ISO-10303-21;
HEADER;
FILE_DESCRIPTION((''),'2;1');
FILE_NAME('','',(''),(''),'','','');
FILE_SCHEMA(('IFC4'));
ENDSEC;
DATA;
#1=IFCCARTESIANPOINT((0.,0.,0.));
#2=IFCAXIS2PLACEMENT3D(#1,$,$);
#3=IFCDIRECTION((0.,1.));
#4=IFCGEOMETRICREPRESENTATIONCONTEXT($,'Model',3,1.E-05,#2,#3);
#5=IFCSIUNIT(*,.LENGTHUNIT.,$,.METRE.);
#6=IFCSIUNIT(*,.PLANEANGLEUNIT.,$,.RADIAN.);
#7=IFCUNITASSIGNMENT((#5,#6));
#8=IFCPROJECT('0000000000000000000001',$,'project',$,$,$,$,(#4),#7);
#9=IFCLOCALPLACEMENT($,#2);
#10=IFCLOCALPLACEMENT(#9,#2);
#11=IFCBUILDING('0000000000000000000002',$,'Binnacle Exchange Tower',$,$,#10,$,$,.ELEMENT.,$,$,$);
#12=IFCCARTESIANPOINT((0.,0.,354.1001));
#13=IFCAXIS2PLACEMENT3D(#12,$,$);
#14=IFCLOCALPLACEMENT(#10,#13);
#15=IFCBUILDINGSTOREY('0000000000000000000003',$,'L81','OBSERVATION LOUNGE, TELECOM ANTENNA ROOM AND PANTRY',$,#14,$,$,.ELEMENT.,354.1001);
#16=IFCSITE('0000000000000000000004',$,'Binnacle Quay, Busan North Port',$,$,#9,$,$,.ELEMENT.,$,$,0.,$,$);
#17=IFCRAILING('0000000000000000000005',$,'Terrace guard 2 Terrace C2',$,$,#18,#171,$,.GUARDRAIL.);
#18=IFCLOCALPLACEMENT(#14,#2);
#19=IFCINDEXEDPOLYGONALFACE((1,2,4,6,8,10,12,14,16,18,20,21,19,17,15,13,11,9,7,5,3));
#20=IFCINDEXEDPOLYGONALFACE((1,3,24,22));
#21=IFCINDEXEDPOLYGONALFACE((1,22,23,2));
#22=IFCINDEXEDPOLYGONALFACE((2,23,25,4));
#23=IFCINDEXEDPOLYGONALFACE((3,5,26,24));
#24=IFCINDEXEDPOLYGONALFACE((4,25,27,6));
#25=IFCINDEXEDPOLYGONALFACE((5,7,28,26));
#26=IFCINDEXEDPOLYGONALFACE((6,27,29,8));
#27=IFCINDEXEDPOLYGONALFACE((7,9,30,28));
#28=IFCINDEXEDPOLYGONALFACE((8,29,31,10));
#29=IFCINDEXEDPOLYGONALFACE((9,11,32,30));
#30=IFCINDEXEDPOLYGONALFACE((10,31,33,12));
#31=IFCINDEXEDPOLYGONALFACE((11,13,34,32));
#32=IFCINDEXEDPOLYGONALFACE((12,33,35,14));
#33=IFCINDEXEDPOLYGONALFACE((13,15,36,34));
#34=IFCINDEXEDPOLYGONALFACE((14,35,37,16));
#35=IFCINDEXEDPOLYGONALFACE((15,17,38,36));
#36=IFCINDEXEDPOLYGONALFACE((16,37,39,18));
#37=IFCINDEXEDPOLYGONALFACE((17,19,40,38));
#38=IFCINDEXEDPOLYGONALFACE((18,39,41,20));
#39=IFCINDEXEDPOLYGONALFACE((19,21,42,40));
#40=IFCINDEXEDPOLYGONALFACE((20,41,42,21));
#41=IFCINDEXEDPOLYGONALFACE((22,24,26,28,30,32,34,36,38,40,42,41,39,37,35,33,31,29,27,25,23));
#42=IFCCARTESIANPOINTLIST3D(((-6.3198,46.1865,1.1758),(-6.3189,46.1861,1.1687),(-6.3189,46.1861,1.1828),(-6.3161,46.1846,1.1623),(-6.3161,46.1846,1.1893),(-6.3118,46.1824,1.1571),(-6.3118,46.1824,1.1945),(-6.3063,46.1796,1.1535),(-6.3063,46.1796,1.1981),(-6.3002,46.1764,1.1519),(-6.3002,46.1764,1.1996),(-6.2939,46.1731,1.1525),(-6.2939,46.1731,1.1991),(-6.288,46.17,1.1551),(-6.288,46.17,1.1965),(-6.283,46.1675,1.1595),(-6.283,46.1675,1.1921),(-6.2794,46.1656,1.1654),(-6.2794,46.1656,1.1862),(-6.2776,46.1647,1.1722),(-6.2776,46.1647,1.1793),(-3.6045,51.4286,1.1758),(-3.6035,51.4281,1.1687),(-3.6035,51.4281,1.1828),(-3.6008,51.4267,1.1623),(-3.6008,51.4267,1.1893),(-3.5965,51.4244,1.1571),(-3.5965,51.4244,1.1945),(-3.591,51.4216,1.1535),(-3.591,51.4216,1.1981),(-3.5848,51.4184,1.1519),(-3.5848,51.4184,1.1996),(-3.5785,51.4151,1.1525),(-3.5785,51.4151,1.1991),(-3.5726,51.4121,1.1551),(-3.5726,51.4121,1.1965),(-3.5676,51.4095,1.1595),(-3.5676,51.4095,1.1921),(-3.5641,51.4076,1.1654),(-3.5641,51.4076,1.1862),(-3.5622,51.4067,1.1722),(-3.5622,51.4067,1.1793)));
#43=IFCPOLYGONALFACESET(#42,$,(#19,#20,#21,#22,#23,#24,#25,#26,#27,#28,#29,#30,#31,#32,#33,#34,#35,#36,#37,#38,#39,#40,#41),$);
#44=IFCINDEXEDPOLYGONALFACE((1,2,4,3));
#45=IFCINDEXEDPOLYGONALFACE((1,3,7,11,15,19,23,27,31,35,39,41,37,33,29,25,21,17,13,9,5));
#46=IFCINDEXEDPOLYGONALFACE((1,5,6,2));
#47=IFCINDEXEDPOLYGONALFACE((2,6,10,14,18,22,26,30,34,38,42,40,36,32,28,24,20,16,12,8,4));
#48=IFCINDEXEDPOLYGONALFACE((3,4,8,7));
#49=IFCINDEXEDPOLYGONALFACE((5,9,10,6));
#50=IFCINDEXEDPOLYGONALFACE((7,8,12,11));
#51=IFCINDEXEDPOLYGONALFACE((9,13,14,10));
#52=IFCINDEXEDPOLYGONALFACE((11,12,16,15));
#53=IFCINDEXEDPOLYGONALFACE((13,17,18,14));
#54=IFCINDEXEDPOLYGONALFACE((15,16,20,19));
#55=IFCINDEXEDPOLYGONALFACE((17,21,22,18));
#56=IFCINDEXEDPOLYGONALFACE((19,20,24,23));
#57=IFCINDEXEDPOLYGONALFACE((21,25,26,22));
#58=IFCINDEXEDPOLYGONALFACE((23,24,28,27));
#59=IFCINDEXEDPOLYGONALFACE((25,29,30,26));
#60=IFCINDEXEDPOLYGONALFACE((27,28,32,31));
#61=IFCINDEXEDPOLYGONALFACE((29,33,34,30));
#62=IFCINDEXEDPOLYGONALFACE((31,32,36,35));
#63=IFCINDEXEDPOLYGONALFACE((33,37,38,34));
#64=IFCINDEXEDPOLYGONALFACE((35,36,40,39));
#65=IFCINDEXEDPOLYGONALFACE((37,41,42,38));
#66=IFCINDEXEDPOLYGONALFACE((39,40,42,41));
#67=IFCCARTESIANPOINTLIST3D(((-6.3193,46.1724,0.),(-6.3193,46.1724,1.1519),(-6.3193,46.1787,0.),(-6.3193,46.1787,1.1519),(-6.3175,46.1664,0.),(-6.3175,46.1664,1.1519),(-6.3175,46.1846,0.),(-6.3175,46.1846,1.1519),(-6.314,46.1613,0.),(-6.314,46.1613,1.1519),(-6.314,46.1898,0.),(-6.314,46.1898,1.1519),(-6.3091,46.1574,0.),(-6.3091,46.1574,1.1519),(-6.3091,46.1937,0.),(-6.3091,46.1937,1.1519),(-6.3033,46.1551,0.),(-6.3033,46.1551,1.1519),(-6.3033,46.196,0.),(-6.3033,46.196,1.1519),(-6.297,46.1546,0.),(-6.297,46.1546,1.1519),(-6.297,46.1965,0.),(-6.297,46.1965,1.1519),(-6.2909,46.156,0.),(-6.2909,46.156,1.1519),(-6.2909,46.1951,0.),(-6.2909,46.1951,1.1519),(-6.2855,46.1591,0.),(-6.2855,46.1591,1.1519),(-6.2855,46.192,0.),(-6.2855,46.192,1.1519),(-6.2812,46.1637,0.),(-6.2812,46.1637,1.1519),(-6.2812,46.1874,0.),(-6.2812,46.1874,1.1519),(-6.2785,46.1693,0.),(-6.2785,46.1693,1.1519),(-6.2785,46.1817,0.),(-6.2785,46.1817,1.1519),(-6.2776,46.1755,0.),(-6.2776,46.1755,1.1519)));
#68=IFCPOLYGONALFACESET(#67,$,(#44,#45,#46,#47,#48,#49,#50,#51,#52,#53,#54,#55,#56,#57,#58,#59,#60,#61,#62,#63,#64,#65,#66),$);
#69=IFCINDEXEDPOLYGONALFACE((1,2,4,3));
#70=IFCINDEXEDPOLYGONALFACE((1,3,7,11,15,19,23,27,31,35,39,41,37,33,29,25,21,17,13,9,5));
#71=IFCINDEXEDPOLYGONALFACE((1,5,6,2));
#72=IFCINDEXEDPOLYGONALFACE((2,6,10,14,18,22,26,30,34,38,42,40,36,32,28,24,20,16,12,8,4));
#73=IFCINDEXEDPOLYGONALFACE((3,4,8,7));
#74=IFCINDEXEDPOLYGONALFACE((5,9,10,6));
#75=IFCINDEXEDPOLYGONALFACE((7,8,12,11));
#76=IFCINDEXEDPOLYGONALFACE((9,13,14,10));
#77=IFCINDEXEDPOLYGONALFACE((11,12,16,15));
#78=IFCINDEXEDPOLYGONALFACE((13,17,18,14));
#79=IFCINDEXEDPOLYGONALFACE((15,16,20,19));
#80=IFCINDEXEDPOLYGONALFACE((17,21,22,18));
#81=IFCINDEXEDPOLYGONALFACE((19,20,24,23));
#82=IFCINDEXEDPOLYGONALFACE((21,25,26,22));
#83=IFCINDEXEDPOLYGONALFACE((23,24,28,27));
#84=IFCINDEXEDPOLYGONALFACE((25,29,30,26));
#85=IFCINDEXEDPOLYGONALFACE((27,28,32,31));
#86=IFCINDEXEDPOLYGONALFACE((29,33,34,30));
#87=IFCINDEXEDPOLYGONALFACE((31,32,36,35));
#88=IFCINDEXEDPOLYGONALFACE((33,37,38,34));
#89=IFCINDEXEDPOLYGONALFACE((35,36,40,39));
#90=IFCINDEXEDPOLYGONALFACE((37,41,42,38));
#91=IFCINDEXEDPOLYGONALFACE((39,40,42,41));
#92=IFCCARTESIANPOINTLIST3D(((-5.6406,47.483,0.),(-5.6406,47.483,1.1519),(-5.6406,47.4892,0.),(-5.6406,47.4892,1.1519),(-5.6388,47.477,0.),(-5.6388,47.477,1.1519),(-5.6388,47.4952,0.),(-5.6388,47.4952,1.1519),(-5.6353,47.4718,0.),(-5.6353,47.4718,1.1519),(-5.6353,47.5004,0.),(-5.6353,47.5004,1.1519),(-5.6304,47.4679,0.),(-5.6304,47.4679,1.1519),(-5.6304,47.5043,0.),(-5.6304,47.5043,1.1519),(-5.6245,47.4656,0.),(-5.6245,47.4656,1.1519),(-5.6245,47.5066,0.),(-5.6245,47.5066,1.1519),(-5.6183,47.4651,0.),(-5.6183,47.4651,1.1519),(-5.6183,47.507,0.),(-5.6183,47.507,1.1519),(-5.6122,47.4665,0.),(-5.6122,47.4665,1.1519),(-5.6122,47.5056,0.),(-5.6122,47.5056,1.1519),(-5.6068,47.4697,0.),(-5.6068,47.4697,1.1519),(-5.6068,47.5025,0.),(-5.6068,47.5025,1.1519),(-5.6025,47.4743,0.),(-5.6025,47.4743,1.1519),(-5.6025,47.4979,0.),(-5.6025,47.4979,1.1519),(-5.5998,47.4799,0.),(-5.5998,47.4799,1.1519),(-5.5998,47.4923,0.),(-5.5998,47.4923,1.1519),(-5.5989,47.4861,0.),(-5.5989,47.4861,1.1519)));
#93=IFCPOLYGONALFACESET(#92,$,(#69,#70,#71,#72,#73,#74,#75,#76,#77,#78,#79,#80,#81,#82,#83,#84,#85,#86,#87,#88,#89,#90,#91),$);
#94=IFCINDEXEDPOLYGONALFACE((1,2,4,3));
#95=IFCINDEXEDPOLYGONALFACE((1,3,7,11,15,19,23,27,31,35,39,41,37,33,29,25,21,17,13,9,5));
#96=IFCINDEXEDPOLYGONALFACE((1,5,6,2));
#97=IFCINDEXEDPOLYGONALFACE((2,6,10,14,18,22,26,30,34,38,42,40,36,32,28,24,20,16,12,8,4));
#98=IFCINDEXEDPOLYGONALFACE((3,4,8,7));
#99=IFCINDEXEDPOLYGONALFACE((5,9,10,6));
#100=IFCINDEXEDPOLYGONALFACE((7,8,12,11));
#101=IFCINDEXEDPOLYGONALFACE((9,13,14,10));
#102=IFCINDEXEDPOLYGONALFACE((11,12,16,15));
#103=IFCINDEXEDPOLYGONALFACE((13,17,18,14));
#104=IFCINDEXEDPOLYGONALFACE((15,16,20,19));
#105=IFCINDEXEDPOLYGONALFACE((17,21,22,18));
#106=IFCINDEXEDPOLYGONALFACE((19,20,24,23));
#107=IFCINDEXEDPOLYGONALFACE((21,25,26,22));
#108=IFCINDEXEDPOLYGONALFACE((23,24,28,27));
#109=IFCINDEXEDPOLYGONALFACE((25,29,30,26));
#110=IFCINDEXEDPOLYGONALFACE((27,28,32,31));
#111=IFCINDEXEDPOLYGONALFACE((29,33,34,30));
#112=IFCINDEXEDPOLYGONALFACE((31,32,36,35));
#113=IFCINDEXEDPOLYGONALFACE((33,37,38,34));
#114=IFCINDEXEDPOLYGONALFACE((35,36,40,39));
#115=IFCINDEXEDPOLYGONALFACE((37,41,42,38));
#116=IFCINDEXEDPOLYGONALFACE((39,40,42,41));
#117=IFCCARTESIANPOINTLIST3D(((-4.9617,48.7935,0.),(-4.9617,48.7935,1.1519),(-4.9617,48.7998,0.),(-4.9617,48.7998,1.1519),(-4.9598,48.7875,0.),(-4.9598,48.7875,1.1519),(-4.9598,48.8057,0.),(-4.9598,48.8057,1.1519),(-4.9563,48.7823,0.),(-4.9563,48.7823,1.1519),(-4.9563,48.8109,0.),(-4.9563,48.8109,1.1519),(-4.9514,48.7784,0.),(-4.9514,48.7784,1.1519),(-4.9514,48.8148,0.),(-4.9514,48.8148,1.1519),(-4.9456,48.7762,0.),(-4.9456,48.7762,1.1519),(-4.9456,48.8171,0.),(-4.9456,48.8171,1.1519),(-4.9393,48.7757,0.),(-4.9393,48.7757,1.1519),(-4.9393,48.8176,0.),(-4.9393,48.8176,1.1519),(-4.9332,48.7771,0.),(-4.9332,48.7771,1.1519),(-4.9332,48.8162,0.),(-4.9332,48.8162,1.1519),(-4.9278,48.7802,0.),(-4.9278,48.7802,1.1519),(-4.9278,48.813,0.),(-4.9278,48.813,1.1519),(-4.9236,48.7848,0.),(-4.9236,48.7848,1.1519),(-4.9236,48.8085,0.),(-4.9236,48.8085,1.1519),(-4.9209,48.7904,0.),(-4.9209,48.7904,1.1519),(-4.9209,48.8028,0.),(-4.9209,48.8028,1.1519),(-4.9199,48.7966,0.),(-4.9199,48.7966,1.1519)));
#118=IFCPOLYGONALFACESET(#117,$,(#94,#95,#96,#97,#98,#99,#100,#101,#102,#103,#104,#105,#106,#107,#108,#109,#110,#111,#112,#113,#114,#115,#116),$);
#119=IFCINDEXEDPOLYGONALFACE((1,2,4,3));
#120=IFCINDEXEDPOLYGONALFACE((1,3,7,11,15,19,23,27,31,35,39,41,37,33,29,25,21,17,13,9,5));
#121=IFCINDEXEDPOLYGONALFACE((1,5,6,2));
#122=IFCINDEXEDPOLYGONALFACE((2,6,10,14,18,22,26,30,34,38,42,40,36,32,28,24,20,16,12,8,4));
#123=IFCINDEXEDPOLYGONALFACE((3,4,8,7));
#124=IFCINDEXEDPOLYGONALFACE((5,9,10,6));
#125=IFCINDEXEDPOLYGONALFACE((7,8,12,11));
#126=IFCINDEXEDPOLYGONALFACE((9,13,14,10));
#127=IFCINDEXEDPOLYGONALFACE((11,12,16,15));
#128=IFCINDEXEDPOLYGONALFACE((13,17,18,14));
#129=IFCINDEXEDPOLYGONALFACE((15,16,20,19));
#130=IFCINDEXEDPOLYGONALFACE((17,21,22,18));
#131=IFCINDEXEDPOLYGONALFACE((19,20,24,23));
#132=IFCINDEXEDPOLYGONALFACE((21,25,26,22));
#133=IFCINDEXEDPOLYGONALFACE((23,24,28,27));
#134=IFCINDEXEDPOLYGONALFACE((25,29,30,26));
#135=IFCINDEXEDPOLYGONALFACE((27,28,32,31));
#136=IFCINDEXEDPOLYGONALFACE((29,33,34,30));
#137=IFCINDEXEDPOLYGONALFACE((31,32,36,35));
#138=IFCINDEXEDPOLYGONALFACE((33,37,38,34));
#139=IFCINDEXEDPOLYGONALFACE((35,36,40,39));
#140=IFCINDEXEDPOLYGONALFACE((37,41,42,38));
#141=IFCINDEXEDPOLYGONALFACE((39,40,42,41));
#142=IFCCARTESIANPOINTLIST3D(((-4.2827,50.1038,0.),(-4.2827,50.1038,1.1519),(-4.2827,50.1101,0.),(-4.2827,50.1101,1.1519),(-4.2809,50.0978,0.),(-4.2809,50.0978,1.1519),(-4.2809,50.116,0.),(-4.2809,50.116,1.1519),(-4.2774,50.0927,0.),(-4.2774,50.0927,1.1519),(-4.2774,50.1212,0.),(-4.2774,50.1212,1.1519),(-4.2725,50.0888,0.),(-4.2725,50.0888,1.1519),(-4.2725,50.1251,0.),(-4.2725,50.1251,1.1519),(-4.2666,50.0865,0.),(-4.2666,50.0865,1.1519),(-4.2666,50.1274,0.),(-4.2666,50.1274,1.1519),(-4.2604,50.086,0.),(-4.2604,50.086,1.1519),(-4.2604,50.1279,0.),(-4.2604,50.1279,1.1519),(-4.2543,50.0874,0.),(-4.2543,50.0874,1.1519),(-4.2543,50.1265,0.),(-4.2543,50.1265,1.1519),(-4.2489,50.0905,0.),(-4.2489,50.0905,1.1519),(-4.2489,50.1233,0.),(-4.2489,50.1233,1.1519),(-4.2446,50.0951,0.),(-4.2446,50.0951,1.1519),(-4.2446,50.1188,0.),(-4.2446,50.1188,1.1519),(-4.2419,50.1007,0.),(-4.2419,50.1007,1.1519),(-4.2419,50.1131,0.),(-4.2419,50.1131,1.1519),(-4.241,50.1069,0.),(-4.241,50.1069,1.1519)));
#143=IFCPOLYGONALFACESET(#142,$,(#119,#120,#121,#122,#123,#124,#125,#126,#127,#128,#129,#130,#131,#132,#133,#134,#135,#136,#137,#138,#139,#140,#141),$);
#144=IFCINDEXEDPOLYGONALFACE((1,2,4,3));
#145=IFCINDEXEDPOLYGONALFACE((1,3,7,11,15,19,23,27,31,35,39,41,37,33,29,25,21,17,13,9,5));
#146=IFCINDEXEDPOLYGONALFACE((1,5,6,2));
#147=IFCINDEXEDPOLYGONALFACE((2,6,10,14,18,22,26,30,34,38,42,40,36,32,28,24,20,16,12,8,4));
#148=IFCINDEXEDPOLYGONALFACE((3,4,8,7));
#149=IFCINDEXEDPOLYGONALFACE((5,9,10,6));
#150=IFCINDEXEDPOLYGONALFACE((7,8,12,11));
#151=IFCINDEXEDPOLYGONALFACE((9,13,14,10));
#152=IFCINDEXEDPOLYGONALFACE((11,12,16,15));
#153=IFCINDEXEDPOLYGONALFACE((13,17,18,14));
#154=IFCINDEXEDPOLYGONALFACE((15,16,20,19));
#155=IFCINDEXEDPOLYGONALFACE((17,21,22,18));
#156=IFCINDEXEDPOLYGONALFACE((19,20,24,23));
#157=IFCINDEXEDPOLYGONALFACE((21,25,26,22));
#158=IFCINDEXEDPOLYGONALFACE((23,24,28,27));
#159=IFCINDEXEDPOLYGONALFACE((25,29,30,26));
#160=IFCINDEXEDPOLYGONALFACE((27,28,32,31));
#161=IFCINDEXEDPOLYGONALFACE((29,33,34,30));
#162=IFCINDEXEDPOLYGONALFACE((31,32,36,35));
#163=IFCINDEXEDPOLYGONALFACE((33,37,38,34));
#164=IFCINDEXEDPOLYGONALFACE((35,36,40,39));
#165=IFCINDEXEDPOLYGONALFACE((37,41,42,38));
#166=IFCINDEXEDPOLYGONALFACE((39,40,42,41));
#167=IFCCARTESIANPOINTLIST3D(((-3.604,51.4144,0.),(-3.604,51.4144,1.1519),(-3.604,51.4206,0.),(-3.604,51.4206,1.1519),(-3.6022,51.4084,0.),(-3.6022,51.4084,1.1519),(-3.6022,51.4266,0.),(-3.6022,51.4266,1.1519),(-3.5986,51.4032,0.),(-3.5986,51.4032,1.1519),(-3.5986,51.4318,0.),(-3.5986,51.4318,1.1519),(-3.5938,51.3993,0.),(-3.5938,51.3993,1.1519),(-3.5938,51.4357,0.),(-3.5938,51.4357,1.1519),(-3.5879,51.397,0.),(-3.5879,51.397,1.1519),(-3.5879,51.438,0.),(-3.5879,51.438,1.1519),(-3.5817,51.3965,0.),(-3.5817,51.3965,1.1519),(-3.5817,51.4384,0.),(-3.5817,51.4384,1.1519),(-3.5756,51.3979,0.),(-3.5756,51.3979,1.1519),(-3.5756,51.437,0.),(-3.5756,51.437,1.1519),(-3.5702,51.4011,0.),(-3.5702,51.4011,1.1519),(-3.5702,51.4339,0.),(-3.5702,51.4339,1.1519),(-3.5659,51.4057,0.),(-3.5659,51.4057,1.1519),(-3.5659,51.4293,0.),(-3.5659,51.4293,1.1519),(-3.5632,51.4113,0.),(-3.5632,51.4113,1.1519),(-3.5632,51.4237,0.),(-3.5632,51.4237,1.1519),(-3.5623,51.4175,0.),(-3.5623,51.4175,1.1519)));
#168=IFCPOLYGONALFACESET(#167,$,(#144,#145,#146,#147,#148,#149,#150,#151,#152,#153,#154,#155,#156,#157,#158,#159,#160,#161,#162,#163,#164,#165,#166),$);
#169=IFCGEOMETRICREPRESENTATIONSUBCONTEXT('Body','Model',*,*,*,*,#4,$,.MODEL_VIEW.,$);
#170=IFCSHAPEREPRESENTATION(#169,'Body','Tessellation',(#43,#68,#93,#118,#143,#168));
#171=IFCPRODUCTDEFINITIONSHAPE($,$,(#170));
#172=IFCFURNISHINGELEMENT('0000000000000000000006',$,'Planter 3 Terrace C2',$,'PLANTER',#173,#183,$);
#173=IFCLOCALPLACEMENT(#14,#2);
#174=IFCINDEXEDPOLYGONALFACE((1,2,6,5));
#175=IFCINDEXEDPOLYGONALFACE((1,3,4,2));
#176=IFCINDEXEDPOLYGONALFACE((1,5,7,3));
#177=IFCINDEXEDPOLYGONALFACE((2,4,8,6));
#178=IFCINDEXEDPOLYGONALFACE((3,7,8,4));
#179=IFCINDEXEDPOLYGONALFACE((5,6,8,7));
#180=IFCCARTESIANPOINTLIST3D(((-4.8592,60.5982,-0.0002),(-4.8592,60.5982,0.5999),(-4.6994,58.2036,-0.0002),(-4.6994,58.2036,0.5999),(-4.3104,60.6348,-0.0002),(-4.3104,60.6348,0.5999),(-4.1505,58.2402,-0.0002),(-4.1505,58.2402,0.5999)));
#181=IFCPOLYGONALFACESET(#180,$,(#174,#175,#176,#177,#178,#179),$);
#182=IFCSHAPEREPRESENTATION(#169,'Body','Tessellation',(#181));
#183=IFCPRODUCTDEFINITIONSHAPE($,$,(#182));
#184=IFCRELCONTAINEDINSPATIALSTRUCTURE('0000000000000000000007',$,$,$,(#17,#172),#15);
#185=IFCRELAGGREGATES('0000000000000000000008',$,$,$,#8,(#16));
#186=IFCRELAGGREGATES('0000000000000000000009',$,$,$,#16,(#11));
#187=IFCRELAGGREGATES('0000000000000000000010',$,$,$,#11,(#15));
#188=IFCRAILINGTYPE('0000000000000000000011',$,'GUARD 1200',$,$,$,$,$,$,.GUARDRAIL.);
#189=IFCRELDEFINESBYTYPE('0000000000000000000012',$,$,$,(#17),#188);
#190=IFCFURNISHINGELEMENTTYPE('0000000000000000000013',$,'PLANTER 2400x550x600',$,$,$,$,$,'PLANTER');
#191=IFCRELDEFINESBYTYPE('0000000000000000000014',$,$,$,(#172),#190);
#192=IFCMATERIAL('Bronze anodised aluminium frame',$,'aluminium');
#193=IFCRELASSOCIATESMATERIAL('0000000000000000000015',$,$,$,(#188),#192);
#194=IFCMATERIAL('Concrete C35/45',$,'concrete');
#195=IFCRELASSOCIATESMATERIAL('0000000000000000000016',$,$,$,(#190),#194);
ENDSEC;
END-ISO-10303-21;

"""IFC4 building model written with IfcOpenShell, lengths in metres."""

from ifc_helpers import new_model, si_unit, direction, frame, origin, origin_2d, place, context, subcontext, project, spatial, rectangle, circle, extrude, material, type_object, element, save


model = new_model("IFC4")

# Units and contexts
model_context = context("Model", 3, precision=1e-05, world=origin(), true_north=direction((0.0, 1.0)))
body_context = subcontext(model_context, "Body", "Model", "MODEL_VIEW")
ifc_project = project(units=[si_unit("LENGTHUNIT", "METRE"), si_unit("PLANEANGLEUNIT", "RADIAN")], contexts=[model_context])

# Site, building, storey
site_placement = place(None, origin())
site = spatial("IfcSite", under=ifc_project, at=site_placement, Name="Binnacle Quay, Busan North Port", CompositionType="ELEMENT", RefElevation=0.0)
building_placement = place(site_placement, origin())
building = spatial("IfcBuilding", under=site, at=building_placement, Name="Binnacle Exchange Tower", CompositionType="ELEMENT")
storey_placement = place(building_placement, frame((0.0, 0.0, 354.1001)))
storey = spatial("IfcBuildingStorey", under=building, at=storey_placement, Name="L81", Description="OBSERVATION LOUNGE, TELECOM ANTENNA ROOM AND PANTRY", CompositionType="ELEMENT", Elevation=354.1001)

# Shared definitions
ifc_material_1 = material(Name="Bronze anodised aluminium frame", Category="aluminium")

# Railing
railing_type = type_object("IfcRailingType", Name="GUARD 1200", PredefinedType="GUARDRAIL", material=ifc_material_1)
railing_1_placement = place(storey_placement, frame((-6.2986, 46.1755, 0.0)))
element("IfcRailing", 1, at=railing_1_placement, inside=storey, type_object=railing_type, Name="Terrace guard 2 Terrace C2", PredefinedType="GUARDRAIL", context=body_context, shape_type="SweptSolid", body=[
    extrude(circle(Radius=0.0239, at=origin_2d()), frame((0.0, 0.0, 1.1758), z_axis=(0.459955, 0.887942, 0.0), x_axis=(-0.887942, 0.459955, 0.0)), (0.0, 0.0, 1.0), 5.9036),
    extrude(circle(Radius=0.021, at=origin_2d()), origin(), (0.0, 0.0, 1.0), 1.1519),
    extrude(circle(Radius=0.021, at=origin_2d()), frame((0.6787, 1.3105, 0.0)), (0.0, 0.0, 1.0), 1.1519),
    extrude(circle(Radius=0.021, at=origin_2d()), frame((1.3577, 2.6211, 0.0)), (0.0, 0.0, 1.0), 1.1519),
    extrude(circle(Radius=0.021, at=origin_2d()), frame((2.0366, 3.9314, 0.0)), (0.0, 0.0, 1.0), 1.1519),
    extrude(circle(Radius=0.021, at=origin_2d()), frame((2.7153, 5.2419, 0.0)), (0.0, 0.0, 1.0), 1.1519),
])

# Furnishing element
ifc_material_2 = material(Name="Concrete C35/45", Category="concrete")
furnishing_element_type = type_object("IfcFurnishingElementType", Name="PLANTER 2400x550x600", ElementType="PLANTER", material=ifc_material_2)
furnishing_placement = place(storey_placement, frame((-4.5049, 59.4192, -0.0002), z_axis=(0.0, 0.0, 1.0), x_axis=(-0.066617, 0.997779, 0.0)))
element("IfcFurnishingElement", 2, at=furnishing_placement, inside=storey, type_object=furnishing_element_type, Name="Planter 3 Terrace C2", ObjectType="PLANTER", context=body_context, shape_type="SweptSolid", body=[
    extrude(rectangle(XDim=2.3999, YDim=0.55, at=origin_2d()), origin(), (0.0, 0.0, 1.0), 0.6001),
])

save(model, "model.ifc")
